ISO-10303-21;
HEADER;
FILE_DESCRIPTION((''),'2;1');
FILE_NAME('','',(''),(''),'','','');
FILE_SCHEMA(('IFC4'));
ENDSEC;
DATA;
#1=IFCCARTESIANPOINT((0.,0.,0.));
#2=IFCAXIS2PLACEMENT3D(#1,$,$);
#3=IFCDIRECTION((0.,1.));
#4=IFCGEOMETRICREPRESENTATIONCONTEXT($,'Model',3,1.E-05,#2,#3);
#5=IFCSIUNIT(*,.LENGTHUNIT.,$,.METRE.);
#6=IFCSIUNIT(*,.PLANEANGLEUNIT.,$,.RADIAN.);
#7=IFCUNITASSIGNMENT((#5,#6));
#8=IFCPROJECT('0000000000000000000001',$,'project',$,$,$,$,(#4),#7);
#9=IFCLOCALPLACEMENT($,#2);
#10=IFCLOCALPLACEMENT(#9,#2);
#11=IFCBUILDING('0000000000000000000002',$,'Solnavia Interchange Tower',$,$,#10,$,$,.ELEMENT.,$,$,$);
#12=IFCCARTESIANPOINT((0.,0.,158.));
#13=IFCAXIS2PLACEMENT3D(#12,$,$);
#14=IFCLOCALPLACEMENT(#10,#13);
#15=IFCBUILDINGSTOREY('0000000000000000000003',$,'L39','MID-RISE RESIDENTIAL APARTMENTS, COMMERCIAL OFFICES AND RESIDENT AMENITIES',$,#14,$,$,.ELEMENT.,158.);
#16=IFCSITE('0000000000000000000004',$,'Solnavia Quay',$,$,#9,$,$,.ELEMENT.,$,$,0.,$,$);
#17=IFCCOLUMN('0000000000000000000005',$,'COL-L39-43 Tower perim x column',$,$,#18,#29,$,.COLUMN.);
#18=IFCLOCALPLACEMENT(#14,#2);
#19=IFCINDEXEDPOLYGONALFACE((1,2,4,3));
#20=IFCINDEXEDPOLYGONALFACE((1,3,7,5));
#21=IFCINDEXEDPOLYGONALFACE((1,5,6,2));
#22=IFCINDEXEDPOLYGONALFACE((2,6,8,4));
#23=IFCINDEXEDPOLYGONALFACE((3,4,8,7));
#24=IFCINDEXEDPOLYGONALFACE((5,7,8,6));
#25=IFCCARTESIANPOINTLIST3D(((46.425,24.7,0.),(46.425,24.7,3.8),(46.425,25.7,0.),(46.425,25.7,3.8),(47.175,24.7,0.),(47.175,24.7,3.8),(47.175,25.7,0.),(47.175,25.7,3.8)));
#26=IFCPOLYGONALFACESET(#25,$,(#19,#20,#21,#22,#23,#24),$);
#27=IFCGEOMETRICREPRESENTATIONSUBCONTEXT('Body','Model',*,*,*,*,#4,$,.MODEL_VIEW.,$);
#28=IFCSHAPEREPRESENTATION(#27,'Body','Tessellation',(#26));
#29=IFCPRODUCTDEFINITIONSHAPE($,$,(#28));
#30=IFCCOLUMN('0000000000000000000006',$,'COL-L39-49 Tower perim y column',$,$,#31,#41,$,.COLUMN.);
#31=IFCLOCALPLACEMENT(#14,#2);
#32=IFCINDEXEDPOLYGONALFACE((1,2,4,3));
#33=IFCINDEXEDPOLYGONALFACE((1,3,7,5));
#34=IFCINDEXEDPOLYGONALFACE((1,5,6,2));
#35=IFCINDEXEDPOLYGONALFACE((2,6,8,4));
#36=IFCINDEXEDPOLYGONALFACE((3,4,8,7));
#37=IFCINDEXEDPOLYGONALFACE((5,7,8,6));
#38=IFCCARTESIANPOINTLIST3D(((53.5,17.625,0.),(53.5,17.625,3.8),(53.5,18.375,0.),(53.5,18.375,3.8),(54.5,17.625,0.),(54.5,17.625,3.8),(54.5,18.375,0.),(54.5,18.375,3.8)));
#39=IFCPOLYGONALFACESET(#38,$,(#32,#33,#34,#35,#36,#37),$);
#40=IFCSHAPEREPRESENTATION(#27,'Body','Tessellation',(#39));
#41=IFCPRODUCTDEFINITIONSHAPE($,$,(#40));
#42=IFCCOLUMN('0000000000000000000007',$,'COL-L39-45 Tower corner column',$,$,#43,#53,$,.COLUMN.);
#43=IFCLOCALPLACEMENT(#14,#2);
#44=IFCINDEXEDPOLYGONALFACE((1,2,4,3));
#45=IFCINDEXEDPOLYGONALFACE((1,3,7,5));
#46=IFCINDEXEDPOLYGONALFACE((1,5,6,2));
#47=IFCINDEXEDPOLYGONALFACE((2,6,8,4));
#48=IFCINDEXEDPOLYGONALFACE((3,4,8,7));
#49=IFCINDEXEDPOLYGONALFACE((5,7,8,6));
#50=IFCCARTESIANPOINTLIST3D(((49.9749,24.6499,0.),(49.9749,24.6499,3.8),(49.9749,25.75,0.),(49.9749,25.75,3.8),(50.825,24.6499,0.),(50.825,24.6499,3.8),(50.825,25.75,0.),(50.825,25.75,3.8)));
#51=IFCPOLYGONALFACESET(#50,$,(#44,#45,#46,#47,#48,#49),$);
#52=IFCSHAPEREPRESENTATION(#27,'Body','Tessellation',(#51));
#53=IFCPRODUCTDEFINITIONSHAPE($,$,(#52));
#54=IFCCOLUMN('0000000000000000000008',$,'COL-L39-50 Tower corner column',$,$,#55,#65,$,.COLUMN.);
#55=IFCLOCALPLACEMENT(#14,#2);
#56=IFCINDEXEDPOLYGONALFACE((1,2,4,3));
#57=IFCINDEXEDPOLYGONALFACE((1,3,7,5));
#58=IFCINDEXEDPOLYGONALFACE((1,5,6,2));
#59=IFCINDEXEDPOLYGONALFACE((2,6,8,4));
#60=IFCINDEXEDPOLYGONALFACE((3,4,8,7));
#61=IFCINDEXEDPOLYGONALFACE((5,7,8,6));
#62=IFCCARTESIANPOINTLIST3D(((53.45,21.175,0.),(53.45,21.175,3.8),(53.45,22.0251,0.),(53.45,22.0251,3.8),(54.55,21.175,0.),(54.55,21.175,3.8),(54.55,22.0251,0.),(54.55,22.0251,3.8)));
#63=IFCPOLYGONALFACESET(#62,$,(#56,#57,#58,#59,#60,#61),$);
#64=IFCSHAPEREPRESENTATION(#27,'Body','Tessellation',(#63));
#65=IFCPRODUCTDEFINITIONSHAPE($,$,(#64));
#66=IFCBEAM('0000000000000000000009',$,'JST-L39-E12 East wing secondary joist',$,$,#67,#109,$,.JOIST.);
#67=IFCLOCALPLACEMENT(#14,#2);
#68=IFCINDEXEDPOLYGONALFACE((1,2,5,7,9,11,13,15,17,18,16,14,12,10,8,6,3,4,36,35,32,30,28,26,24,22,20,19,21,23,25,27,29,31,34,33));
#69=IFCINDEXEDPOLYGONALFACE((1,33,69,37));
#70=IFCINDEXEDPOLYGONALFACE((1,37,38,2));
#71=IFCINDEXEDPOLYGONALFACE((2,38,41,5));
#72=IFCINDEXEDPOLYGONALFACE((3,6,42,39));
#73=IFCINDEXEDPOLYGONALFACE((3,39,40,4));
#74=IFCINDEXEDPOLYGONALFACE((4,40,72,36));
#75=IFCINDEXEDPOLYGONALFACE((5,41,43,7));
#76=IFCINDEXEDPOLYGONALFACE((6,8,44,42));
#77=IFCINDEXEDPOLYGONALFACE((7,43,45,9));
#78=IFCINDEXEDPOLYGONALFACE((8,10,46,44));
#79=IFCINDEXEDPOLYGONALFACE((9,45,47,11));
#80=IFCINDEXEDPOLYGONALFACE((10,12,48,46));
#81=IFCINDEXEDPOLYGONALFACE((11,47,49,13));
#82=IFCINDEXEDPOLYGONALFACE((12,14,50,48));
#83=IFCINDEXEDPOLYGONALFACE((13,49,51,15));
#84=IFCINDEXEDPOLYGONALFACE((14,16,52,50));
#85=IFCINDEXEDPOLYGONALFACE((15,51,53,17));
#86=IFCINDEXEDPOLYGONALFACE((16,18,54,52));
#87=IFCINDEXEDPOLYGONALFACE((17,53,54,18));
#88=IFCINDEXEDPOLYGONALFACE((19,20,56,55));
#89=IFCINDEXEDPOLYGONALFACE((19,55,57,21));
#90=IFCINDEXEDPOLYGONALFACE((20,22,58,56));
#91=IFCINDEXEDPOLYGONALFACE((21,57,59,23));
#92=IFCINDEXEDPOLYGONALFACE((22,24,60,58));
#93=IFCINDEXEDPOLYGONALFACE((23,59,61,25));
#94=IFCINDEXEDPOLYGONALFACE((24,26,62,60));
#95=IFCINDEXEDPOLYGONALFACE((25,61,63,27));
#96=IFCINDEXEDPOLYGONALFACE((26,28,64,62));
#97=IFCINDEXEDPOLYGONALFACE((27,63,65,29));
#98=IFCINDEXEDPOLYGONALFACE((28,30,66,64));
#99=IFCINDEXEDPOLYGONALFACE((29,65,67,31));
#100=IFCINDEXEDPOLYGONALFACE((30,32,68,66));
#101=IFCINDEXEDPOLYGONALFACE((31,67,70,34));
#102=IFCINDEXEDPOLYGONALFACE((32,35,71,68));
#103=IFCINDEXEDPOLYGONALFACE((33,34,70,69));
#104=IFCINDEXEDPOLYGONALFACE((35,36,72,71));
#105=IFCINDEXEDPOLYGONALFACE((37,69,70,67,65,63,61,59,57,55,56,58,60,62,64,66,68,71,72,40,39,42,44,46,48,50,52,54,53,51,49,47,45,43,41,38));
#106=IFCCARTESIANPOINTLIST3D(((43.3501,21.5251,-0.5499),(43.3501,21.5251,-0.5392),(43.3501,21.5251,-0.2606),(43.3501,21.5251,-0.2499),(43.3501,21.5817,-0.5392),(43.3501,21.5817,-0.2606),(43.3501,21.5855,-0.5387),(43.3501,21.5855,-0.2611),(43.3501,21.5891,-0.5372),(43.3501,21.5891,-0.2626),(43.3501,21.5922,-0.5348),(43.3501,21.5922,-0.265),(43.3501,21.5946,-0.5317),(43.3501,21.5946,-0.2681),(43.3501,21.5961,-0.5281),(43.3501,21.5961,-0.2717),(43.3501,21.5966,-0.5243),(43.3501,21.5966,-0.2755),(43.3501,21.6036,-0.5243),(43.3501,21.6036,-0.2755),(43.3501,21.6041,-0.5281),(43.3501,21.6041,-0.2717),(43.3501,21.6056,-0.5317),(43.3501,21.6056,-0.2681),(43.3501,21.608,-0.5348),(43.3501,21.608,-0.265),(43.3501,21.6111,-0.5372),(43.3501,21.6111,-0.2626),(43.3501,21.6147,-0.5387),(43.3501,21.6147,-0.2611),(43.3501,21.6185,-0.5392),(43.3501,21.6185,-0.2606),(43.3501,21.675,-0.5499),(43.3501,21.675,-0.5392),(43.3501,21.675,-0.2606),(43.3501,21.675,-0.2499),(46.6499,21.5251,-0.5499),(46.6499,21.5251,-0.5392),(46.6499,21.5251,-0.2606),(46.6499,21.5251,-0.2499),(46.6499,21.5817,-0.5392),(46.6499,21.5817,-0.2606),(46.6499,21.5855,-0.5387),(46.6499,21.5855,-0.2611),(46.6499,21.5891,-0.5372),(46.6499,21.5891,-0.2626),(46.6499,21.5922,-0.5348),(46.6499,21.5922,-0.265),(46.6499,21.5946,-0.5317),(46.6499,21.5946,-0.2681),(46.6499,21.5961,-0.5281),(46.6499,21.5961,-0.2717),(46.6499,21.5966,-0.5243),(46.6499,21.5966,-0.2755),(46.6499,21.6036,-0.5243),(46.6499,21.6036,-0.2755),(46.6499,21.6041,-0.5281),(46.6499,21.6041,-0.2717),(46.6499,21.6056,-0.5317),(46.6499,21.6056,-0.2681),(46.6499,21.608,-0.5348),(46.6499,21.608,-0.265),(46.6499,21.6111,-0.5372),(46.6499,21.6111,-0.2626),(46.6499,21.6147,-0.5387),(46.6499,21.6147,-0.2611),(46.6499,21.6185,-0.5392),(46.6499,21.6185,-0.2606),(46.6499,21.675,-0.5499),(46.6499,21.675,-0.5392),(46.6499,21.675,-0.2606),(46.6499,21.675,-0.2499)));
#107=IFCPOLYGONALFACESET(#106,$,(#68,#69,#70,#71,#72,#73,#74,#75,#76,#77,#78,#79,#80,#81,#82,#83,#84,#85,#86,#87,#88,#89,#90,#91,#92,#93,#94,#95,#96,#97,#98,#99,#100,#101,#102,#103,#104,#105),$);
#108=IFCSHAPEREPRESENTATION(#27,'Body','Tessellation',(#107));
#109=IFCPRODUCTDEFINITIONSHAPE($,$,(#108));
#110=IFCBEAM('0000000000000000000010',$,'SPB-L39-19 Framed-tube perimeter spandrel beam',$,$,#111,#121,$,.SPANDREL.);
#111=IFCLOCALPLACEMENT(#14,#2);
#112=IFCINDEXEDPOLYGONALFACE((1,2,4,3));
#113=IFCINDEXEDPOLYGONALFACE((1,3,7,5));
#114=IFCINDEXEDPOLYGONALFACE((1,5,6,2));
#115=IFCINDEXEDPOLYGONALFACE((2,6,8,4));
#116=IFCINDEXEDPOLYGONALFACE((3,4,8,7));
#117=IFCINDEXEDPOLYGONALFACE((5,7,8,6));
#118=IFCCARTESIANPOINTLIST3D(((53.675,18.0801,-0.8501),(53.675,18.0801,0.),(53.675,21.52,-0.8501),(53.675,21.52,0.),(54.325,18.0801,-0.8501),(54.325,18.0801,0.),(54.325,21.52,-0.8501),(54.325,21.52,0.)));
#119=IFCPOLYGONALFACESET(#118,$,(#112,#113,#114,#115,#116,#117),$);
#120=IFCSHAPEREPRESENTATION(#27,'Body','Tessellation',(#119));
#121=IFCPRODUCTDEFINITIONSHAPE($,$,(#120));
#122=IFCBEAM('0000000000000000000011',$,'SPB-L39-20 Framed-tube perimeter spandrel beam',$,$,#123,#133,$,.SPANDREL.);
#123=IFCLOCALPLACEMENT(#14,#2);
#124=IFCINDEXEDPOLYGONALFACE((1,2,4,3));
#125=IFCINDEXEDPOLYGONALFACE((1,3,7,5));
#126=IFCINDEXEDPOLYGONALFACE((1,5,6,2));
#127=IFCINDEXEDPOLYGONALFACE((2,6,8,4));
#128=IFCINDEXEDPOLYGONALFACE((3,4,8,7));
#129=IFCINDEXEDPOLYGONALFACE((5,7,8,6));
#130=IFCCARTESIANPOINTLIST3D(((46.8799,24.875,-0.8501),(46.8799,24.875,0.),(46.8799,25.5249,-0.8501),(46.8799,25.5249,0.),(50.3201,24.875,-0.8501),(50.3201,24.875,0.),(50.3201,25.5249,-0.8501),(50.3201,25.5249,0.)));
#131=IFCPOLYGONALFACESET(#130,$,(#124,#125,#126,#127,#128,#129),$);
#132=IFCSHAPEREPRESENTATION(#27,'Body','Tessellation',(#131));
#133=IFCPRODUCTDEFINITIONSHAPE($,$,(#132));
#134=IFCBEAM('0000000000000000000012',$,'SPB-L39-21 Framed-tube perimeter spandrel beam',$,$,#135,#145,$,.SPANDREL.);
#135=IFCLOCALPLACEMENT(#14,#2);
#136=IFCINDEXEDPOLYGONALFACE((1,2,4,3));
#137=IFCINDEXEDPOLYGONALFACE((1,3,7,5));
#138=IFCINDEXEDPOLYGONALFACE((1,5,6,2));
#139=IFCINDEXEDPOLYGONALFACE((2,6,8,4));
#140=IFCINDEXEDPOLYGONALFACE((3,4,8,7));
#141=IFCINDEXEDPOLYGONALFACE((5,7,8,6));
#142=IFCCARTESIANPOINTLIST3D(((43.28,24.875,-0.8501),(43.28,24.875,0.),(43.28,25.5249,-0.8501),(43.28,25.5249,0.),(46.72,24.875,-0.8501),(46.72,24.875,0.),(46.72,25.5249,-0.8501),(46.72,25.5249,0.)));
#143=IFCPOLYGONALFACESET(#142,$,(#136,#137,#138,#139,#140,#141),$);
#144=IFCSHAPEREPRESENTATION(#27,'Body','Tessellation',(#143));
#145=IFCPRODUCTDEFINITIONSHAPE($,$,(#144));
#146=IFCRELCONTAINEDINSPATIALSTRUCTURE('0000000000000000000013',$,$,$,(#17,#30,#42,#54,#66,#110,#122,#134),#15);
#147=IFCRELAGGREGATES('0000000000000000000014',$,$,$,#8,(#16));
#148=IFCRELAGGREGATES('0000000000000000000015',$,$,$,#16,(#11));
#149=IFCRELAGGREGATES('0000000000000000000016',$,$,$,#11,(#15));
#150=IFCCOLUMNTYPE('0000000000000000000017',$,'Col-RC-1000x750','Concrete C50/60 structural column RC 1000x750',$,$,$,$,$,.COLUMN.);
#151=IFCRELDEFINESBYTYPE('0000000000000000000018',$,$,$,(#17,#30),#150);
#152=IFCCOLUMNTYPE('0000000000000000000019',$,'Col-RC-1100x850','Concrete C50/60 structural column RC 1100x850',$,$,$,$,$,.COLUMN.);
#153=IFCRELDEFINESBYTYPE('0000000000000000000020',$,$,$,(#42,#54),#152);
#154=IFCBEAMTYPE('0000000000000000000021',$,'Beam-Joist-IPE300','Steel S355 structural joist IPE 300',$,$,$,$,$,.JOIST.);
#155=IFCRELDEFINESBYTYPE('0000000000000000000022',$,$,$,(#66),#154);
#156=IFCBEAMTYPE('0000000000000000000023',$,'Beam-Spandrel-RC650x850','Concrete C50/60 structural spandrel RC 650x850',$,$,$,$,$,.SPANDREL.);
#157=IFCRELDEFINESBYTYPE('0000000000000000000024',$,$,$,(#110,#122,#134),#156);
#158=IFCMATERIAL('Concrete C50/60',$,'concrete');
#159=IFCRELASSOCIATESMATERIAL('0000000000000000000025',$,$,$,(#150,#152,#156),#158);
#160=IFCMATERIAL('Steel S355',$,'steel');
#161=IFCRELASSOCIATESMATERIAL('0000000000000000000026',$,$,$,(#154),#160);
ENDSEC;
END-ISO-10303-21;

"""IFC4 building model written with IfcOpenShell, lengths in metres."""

from ifc_helpers import new_model, si_unit, direction, frame, origin, origin_2d, place, context, subcontext, project, spatial, rectangle, i_section, extrude, material, material_profile, profile_set, type_object, element, save


model = new_model("IFC4")

# Units and contexts
model_context = context("Model", 3, precision=1e-05, world=origin(), true_north=direction((0.0, 1.0)))
body_context = subcontext(model_context, "Body", "Model", "MODEL_VIEW")
ifc_project = project(units=[si_unit("LENGTHUNIT", "METRE"), si_unit("PLANEANGLEUNIT", "RADIAN")], contexts=[model_context])

# Site, building, storey
site_placement = place(None, origin())
site = spatial("IfcSite", under=ifc_project, at=site_placement, Name="Solnavia Quay", CompositionType="ELEMENT", RefElevation=0.0)
building_placement = place(site_placement, origin())
building = spatial("IfcBuilding", under=site, at=building_placement, Name="Solnavia Interchange Tower", CompositionType="ELEMENT")
storey_placement = place(building_placement, frame((0.0, 0.0, 158.0)))
storey = spatial("IfcBuildingStorey", under=building, at=storey_placement, Name="L39", Description="MID-RISE RESIDENTIAL APARTMENTS, COMMERCIAL OFFICES AND RESIDENT AMENITIES", CompositionType="ELEMENT", Elevation=158.0)

# Columns
ifc_material_1 = material(Name="Concrete C50/60", Category="concrete")
ifc_material_profile_1 = material_profile(ifc_material_1, rectangle(XDim=0.75, YDim=1.0, at=origin_2d()), Name="RC 1000x750")
ifc_profile_set_1 = profile_set([ifc_material_profile_1], Name="Concrete C50/60")
column_type_1 = type_object("IfcColumnType", Name="Col-RC-1000x750", Description="Concrete C50/60 structural column RC 1000x750", PredefinedType="COLUMN", material=ifc_profile_set_1)
for number, where, z_axis, x_axis, name in (
    (1, (46.8, 25.2, 0.0), (0.0, 0.0, 1.0), (1.0, 0.0, 0.0), "COL-L39-43 Tower perim x column"),
    (2, (54.0, 18.0, 0.0), (0.0, 0.0, 1.0), (0.0, 1.0, 0.0), "COL-L39-49 Tower perim y column"),
):
    element("IfcColumn", number, at=place(storey_placement, frame(where, z_axis=z_axis, x_axis=x_axis)), inside=storey, type_object=column_type_1, Name=name, PredefinedType="COLUMN", context=body_context, shape_type="SweptSolid", body=[
        extrude(rectangle(XDim=0.75, YDim=1.0, at=origin_2d()), origin(), (0.0, 0.0, 1.0), 3.8),
    ])
ifc_material_profile_2 = material_profile(ifc_material_1, rectangle(XDim=0.8501, YDim=1.1001, at=origin_2d()), Name="RC 1100x850")
ifc_profile_set_2 = profile_set([ifc_material_profile_2], Name="Concrete C50/60")
column_type_2 = type_object("IfcColumnType", Name="Col-RC-1100x850", Description="Concrete C50/60 structural column RC 1100x850", PredefinedType="COLUMN", material=ifc_profile_set_2)
for number, where, z_axis, x_axis, name in (
    (3, (50.3999, 25.2, 0.0), (0.0, 0.0, 1.0), (1.0, 0.0, 0.0), "COL-L39-45 Tower corner column"),
    (4, (54.0, 21.6001, 0.0), (0.0, 0.0, 1.0), (0.0, 1.0, 0.0), "COL-L39-50 Tower corner column"),
):
    element("IfcColumn", number, at=place(storey_placement, frame(where, z_axis=z_axis, x_axis=x_axis)), inside=storey, type_object=column_type_2, Name=name, PredefinedType="COLUMN", context=body_context, shape_type="SweptSolid", body=[
        extrude(rectangle(XDim=0.8501, YDim=1.1001, at=origin_2d()), origin(), (0.0, 0.0, 1.0), 3.8),
    ])

# Beams
ifc_material_2 = material(Name="Steel S355", Category="steel")
ifc_material_profile_3 = material_profile(ifc_material_2, i_section(OverallWidth=0.1499, OverallDepth=0.3, WebThickness=0.0071, FlangeThickness=0.0107, FilletRadius=0.0149, at=origin_2d()), Name="IPE 300")
ifc_profile_set_3 = profile_set([ifc_material_profile_3], Name="Steel S355")
beam_type_1 = type_object("IfcBeamType", Name="Beam-Joist-IPE300", Description="Steel S355 structural joist IPE 300", PredefinedType="JOIST", material=ifc_profile_set_3)
beam_1_placement = place(storey_placement, frame((43.3501, 21.6001, -0.3999), z_axis=(1.0, 0.0, 0.0), x_axis=(0.0, 1.0, 0.0)))
element("IfcBeam", 5, at=beam_1_placement, inside=storey, type_object=beam_type_1, Name="JST-L39-E12 East wing secondary joist", PredefinedType="JOIST", context=body_context, shape_type="SweptSolid", body=[
    extrude(i_section(OverallWidth=0.1499, OverallDepth=0.3, WebThickness=0.0071, FlangeThickness=0.0107, FilletRadius=0.0149, at=origin_2d()), origin(), (0.0, 0.0, 1.0), 3.2998),
])
ifc_material_profile_4 = material_profile(ifc_material_1, rectangle(XDim=0.6499, YDim=0.8501, at=origin_2d()), Name="RC 650x850")
ifc_profile_set_4 = profile_set([ifc_material_profile_4], Name="Concrete C50/60")
beam_type_2 = type_object("IfcBeamType", Name="Beam-Spandrel-RC650x850", Description="Concrete C50/60 structural spandrel RC 650x850", PredefinedType="SPANDREL", material=ifc_profile_set_4)
beam_2_placement = place(storey_placement, frame((54.0, 18.0801, -0.425), z_axis=(0.0, 1.0, 0.0), x_axis=(-1.0, 0.0, 0.0)))
element("IfcBeam", 6, at=beam_2_placement, inside=storey, type_object=beam_type_2, Name="SPB-L39-19 Framed-tube perimeter spandrel beam", PredefinedType="SPANDREL", context=body_context, shape_type="SweptSolid", body=[
    extrude(rectangle(XDim=0.6499, YDim=0.8501, at=origin_2d()), origin(), (0.0, 0.0, 1.0), 3.4399),
])
beam_3_placement = place(storey_placement, frame((50.3201, 25.2, -0.425), z_axis=(-1.0, 0.0, 0.0), x_axis=(0.0, -1.0, 0.0)))
element("IfcBeam", 7, at=beam_3_placement, inside=storey, type_object=beam_type_2, Name="SPB-L39-20 Framed-tube perimeter spandrel beam", PredefinedType="SPANDREL", context=body_context, shape_type="SweptSolid", body=[
    extrude(rectangle(XDim=0.6499, YDim=0.8501, at=origin_2d()), origin(), (0.0, 0.0, 1.0), 3.4402),
])
beam_4_placement = place(storey_placement, frame((46.72, 25.2, -0.425), z_axis=(-1.0, 0.0, 0.0), x_axis=(0.0, -1.0, 0.0)))
element("IfcBeam", 8, at=beam_4_placement, inside=storey, type_object=beam_type_2, Name="SPB-L39-21 Framed-tube perimeter spandrel beam", PredefinedType="SPANDREL", context=body_context, shape_type="SweptSolid", body=[
    extrude(rectangle(XDim=0.6499, YDim=0.8501, at=origin_2d()), origin(), (0.0, 0.0, 1.0), 3.4399),
])

save(model, "model.ifc")
